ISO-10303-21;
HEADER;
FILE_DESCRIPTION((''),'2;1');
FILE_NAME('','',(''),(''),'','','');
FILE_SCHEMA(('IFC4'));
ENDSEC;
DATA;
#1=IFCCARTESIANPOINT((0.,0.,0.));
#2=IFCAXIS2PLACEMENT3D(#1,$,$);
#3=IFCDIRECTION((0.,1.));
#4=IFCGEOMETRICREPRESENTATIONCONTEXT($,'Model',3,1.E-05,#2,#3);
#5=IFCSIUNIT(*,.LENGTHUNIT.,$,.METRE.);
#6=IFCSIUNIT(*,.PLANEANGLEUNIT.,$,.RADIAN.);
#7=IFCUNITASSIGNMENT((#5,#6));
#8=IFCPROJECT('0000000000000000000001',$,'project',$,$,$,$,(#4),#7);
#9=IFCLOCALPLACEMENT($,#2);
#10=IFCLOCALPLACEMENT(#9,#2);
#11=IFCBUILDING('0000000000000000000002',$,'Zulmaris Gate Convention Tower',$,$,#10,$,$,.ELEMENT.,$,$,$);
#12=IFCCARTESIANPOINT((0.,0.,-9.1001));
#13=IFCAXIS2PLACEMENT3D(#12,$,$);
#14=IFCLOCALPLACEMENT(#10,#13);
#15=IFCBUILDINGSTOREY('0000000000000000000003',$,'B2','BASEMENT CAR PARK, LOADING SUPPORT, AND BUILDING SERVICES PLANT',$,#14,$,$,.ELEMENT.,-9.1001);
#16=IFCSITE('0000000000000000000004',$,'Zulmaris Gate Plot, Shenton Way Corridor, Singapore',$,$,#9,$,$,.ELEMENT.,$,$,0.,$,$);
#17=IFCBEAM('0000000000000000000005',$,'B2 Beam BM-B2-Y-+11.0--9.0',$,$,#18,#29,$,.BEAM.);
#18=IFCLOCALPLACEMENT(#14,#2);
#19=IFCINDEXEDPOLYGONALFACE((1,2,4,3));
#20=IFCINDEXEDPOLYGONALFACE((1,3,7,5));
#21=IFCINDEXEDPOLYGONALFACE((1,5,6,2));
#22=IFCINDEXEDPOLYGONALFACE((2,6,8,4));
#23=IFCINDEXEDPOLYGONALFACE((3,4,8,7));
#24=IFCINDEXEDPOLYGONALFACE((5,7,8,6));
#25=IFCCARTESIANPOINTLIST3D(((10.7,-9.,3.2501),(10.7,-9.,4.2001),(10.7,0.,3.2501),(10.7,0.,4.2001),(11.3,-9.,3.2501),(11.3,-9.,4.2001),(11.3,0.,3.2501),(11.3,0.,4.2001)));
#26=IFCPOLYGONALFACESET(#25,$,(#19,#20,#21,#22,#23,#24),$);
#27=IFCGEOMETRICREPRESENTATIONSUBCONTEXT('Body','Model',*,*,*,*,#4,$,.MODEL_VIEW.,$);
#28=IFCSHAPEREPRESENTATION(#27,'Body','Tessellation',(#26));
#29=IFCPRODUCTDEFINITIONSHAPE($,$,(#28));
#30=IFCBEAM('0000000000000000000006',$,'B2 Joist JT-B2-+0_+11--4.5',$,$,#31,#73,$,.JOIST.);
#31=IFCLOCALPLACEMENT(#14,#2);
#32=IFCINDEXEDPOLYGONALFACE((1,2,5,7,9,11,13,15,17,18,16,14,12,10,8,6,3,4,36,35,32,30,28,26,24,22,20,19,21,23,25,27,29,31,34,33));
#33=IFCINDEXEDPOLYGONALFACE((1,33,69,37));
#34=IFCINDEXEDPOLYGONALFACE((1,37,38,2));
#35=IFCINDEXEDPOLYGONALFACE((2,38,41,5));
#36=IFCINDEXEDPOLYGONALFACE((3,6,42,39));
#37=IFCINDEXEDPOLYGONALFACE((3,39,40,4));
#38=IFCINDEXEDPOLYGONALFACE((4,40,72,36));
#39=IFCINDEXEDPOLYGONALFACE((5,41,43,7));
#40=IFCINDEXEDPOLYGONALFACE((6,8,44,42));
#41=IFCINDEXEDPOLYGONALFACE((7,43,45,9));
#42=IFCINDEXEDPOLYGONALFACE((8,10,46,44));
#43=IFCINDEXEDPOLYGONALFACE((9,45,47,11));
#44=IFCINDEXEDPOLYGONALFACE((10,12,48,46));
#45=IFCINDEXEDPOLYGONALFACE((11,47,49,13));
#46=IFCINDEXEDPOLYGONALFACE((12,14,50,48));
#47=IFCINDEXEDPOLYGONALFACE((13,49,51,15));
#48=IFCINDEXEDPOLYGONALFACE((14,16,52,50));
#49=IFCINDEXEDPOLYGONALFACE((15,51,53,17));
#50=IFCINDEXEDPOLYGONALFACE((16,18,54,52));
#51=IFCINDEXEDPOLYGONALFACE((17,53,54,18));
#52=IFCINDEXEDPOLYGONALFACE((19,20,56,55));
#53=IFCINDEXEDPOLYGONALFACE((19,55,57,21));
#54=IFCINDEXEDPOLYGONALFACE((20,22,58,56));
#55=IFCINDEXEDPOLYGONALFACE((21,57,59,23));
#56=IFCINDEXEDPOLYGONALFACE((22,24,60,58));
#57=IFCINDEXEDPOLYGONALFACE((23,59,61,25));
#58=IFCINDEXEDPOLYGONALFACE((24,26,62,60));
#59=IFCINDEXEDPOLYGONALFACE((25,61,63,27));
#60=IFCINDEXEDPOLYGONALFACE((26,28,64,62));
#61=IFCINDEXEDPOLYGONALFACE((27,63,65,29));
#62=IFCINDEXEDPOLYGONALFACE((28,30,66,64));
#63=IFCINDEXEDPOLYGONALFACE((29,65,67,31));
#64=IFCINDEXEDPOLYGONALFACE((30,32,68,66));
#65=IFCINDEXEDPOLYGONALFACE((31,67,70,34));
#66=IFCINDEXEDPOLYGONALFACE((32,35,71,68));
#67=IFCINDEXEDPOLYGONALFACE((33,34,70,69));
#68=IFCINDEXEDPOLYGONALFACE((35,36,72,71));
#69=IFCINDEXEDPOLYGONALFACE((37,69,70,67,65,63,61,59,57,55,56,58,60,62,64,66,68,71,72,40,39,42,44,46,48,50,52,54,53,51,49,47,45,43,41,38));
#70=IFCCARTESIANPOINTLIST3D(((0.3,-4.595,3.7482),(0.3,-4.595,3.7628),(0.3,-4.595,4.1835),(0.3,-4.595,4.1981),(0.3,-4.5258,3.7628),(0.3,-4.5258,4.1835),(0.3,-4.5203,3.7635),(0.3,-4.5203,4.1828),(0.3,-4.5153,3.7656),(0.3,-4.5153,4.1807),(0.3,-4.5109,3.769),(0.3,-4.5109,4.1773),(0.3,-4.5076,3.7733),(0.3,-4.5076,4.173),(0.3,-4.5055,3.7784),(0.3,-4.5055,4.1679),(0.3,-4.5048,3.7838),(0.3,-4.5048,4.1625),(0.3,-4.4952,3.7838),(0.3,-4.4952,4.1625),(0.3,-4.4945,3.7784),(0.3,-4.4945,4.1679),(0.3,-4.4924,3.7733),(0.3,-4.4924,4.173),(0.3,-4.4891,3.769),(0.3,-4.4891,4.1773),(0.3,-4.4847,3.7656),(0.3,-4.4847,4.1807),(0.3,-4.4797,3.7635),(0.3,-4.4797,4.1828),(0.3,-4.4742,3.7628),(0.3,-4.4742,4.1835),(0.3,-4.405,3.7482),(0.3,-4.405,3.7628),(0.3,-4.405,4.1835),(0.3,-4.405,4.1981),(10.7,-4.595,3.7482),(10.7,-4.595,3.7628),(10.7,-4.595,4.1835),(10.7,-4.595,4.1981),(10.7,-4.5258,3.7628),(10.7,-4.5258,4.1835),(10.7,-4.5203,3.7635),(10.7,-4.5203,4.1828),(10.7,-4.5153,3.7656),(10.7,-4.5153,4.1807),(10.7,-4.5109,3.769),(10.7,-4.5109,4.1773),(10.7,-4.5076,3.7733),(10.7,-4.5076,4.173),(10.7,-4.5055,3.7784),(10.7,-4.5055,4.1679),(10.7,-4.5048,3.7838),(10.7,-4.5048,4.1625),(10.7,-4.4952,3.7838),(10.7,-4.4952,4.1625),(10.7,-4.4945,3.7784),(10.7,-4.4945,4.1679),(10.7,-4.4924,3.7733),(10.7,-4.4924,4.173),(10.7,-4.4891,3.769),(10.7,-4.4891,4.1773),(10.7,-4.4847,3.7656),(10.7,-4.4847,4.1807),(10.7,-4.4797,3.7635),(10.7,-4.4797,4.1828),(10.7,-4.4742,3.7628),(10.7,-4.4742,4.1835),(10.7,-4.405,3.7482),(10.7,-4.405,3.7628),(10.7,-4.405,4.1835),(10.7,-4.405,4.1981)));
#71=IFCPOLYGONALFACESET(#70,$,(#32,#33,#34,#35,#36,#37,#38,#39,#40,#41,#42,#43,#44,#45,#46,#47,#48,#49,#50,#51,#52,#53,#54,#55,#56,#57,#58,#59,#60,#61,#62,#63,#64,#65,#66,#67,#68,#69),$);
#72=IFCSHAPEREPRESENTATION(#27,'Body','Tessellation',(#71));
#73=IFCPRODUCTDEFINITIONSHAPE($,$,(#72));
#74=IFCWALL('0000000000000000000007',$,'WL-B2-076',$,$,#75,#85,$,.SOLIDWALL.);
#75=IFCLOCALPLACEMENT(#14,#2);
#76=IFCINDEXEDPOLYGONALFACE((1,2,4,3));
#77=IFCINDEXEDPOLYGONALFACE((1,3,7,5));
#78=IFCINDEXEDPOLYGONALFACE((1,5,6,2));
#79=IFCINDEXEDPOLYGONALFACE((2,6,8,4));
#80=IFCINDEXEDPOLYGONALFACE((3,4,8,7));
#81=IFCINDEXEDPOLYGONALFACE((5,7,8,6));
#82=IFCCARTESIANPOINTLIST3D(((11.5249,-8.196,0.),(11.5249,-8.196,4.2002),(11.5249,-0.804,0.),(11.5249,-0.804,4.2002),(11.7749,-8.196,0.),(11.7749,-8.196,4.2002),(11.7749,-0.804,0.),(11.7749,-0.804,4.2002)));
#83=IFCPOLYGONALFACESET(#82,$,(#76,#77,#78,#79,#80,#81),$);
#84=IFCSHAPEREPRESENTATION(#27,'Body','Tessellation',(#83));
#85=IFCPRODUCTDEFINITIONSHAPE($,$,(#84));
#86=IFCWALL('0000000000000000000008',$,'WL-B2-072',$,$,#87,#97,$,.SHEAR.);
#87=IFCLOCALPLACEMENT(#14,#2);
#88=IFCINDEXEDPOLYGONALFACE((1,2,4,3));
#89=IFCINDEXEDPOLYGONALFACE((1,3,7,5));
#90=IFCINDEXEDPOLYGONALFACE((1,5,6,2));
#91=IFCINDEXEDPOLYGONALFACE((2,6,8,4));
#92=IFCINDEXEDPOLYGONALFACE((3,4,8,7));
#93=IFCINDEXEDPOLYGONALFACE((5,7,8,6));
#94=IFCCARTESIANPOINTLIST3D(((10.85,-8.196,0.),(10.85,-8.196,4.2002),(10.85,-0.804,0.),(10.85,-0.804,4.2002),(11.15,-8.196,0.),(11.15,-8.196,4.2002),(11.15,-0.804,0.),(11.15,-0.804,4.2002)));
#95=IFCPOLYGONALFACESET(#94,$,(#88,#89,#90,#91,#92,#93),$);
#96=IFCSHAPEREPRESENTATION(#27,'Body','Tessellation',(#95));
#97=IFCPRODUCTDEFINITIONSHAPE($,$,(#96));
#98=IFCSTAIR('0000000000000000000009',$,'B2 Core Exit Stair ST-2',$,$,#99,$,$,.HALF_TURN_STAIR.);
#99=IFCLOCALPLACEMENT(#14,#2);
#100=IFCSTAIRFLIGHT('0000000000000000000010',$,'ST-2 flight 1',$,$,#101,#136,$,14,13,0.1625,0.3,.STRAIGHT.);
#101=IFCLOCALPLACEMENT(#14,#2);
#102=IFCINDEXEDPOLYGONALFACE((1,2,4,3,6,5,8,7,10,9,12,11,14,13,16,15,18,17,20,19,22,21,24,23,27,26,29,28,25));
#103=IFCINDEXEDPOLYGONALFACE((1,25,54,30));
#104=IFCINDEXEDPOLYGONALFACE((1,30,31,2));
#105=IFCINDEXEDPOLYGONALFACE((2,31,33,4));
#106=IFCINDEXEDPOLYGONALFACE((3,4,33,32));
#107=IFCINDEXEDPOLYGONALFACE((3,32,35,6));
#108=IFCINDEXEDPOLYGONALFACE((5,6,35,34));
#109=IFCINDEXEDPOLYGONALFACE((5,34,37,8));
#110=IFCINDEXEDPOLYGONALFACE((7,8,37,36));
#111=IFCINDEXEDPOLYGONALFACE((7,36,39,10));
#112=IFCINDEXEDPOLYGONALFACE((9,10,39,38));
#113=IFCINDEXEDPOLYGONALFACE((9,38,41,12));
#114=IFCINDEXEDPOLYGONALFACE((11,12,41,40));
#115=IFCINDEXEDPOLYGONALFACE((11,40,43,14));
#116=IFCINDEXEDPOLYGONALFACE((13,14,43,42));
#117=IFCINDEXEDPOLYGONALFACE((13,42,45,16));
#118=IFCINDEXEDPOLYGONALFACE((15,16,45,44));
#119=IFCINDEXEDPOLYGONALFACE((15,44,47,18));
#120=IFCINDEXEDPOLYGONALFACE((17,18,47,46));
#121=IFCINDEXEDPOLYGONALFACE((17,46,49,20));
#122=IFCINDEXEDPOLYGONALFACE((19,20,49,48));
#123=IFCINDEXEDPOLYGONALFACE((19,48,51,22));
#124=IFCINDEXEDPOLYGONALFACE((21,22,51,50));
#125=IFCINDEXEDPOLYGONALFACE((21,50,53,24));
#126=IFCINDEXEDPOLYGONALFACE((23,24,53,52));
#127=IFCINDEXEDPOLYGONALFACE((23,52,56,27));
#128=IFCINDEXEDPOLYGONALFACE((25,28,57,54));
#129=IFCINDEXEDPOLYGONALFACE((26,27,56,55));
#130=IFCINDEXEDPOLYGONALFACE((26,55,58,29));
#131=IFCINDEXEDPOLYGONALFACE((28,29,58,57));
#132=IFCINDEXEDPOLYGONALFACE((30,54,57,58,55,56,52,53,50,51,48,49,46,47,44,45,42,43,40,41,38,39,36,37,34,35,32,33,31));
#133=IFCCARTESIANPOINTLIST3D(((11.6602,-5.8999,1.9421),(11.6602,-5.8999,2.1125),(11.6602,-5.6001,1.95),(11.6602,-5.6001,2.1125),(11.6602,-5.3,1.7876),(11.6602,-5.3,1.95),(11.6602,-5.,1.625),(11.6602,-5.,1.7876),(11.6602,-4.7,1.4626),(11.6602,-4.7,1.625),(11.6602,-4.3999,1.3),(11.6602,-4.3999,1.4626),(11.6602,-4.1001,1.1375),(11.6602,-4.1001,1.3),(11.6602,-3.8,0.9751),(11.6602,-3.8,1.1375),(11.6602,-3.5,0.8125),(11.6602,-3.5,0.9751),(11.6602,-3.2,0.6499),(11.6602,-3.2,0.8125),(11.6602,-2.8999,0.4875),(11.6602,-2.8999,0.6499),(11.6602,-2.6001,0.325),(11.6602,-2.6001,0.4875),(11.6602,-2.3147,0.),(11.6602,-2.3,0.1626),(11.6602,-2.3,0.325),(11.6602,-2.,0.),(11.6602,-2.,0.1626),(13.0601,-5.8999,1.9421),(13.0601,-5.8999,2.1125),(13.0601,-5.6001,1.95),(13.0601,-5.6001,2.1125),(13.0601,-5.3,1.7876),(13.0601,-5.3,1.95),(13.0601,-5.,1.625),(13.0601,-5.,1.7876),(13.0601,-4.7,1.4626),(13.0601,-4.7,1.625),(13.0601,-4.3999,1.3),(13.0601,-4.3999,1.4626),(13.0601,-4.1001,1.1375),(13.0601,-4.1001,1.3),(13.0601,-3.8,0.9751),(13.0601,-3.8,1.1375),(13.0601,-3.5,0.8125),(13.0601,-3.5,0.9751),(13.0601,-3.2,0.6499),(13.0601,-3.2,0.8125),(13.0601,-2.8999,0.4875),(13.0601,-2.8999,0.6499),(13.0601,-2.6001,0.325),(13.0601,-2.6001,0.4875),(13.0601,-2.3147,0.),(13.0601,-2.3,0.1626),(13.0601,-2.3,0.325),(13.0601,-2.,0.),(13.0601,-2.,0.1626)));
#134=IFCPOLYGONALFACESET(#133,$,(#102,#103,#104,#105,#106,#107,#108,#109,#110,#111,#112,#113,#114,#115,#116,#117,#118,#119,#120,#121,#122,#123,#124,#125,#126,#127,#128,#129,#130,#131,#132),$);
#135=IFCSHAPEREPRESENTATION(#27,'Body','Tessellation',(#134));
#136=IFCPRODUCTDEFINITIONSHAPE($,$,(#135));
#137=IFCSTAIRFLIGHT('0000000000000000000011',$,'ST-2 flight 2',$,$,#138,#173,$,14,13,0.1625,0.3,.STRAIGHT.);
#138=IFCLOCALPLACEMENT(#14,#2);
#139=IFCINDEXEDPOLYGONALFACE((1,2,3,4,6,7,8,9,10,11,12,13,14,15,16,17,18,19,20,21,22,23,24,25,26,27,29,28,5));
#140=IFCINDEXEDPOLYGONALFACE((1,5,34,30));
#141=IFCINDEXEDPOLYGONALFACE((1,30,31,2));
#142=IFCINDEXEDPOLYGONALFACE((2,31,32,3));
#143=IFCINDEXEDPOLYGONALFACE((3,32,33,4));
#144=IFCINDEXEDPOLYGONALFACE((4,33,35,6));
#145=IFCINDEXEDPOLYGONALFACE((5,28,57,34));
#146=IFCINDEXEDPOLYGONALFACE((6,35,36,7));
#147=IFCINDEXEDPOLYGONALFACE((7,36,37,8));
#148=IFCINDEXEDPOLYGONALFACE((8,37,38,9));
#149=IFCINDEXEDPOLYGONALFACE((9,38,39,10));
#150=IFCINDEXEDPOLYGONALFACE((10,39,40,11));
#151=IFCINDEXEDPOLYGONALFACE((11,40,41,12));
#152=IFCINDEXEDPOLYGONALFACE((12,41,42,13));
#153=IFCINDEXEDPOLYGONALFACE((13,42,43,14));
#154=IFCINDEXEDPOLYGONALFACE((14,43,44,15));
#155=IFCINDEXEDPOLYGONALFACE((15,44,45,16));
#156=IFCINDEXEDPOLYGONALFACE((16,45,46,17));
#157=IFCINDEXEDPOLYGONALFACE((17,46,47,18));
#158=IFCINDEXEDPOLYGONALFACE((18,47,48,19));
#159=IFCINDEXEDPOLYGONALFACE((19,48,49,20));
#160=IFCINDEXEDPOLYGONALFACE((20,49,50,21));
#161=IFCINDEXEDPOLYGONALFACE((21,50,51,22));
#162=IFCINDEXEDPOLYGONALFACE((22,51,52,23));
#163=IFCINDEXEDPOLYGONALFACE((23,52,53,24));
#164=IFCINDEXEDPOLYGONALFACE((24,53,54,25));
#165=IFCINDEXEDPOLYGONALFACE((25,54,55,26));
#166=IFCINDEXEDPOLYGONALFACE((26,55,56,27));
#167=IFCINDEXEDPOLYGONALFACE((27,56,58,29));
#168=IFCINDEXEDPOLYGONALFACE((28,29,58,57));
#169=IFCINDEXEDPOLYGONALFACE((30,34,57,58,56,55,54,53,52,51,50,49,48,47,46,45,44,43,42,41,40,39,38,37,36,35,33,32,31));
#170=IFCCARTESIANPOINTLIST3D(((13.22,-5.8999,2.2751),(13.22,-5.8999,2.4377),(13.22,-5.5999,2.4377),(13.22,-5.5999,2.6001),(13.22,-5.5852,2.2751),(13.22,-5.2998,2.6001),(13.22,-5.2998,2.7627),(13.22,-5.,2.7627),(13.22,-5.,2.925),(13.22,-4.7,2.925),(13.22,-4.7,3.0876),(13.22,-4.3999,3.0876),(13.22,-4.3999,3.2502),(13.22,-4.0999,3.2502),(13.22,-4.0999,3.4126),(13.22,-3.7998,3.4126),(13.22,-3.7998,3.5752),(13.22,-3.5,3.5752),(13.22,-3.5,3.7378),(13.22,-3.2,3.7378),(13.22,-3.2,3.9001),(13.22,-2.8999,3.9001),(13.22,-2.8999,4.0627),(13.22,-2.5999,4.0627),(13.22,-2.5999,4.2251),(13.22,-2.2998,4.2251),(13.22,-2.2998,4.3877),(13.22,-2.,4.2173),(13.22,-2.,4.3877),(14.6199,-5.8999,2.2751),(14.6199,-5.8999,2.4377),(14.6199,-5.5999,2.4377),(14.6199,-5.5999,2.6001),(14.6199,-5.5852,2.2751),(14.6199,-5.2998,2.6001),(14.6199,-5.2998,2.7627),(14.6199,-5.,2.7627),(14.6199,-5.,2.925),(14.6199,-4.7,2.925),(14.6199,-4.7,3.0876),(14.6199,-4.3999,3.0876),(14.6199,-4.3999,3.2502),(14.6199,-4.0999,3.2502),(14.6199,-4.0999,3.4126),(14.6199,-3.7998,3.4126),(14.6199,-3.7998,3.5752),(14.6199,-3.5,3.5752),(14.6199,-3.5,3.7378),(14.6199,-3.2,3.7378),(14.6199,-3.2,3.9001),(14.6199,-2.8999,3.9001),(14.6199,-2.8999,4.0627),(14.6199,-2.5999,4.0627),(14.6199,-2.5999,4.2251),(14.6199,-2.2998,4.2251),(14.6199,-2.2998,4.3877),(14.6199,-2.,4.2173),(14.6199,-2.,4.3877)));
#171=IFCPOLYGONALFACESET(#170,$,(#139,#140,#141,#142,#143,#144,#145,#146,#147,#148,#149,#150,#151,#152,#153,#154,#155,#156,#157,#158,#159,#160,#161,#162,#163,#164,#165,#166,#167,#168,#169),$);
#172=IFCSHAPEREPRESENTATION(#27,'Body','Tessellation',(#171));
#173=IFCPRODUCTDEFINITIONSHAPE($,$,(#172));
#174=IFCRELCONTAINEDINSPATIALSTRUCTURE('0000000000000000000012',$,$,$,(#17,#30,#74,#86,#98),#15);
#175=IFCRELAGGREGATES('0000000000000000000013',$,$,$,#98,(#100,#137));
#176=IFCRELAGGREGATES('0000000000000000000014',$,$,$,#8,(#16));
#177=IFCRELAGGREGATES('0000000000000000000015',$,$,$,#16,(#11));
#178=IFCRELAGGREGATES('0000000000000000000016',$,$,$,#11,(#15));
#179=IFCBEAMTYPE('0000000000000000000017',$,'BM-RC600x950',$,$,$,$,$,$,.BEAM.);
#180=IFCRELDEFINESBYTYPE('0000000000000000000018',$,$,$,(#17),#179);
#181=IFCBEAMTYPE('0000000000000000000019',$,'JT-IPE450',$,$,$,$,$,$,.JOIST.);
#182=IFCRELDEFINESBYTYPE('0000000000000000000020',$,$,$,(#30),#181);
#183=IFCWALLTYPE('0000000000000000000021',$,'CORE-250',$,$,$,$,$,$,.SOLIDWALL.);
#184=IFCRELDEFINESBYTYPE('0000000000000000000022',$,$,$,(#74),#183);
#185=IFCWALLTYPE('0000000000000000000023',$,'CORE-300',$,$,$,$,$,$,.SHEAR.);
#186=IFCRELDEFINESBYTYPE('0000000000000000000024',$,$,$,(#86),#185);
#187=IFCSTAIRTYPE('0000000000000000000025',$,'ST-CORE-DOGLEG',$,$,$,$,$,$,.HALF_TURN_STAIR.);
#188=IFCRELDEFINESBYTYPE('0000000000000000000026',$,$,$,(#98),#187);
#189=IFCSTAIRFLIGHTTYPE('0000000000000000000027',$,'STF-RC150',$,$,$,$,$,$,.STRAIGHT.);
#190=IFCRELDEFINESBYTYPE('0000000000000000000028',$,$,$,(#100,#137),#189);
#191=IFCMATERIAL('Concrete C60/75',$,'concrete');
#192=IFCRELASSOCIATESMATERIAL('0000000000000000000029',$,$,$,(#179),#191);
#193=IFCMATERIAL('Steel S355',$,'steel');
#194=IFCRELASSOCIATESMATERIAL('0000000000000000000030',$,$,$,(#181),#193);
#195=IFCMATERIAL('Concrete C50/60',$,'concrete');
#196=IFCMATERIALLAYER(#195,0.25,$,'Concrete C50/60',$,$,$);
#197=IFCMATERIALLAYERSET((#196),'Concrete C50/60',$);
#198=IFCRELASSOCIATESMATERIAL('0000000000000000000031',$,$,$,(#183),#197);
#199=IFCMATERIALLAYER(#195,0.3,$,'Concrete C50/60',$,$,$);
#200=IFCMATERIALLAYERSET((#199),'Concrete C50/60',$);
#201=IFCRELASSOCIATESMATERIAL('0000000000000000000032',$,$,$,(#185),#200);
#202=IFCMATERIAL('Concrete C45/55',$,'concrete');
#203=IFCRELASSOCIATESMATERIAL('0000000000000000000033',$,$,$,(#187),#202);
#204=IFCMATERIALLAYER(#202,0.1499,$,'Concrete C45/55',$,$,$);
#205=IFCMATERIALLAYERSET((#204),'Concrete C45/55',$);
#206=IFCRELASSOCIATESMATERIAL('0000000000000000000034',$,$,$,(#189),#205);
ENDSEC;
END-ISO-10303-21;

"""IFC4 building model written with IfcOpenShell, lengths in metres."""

from ifc_helpers import new_model, si_unit, direction, frame, frame_2d, origin, origin_2d, place, context, subcontext, project, spatial, polyline, rectangle, i_section, outline, extrude, material, layer, layer_set, material_profile, profile_set, type_object, element, aggregate, save


model = new_model("IFC4")

# Units and contexts
model_context = context("Model", 3, precision=1e-05, world=origin(), true_north=direction((0.0, 1.0)))
body_context = subcontext(model_context, "Body", "Model", "MODEL_VIEW")
ifc_project = project(units=[si_unit("LENGTHUNIT", "METRE"), si_unit("PLANEANGLEUNIT", "RADIAN")], contexts=[model_context])

# Site, building, storey
site_placement = place(None, origin())
site = spatial("IfcSite", under=ifc_project, at=site_placement, Name="Zulmaris Gate Plot, Shenton Way Corridor, Singapore", CompositionType="ELEMENT", RefElevation=0.0)
building_placement = place(site_placement, origin())
building = spatial("IfcBuilding", under=site, at=building_placement, Name="Zulmaris Gate Convention Tower", CompositionType="ELEMENT")
storey_placement = place(building_placement, frame((0.0, 0.0, -9.1001)))
storey = spatial("IfcBuildingStorey", under=building, at=storey_placement, Name="B2", Description="BASEMENT CAR PARK, LOADING SUPPORT, AND BUILDING SERVICES PLANT", CompositionType="ELEMENT", Elevation=-9.1001)

# Shared definitions
ifc_material_1 = material(Name="Concrete C50/60", Category="concrete")

# Beams
ifc_material_2 = material(Name="Concrete C60/75", Category="concrete")
ifc_material_profile_1 = material_profile(ifc_material_2, rectangle(XDim=0.6001, YDim=0.95, at=origin_2d()), Name="RC BEAM 600x950")
ifc_profile_set_1 = profile_set([ifc_material_profile_1], Name="Concrete C60/75")
beam_type_1 = type_object("IfcBeamType", Name="BM-RC600x950", PredefinedType="BEAM", material=ifc_profile_set_1)
beam_1_placement = place(storey_placement, frame((11.0, -9.0, 3.7251), z_axis=(0.0, 1.0, 0.0), x_axis=(-1.0, 0.0, 0.0)))
element("IfcBeam", 1, at=beam_1_placement, inside=storey, type_object=beam_type_1, Name="B2 Beam BM-B2-Y-+11.0--9.0", PredefinedType="BEAM", context=body_context, shape_type="SweptSolid", body=[
    extrude(rectangle(XDim=0.6001, YDim=0.95, at=origin_2d()), origin(), (0.0, 0.0, 1.0), 9.0),
])
ifc_material_3 = material(Name="Steel S355", Category="steel")
ifc_material_profile_2 = material_profile(ifc_material_3, i_section(OverallWidth=0.1899, OverallDepth=0.45, WebThickness=0.0095, FlangeThickness=0.0146, FilletRadius=0.021, at=origin_2d()), Name="IPE 450")
ifc_profile_set_2 = profile_set([ifc_material_profile_2], Name="Steel S355")
beam_type_2 = type_object("IfcBeamType", Name="JT-IPE450", PredefinedType="JOIST", material=ifc_profile_set_2)
beam_2_placement = place(storey_placement, frame((0.3, -4.5, 3.9731), z_axis=(1.0, 0.0, 0.0), x_axis=(0.0, 1.0, 0.0)))
element("IfcBeam", 2, at=beam_2_placement, inside=storey, type_object=beam_type_2, Name="B2 Joist JT-B2-+0_+11--4.5", PredefinedType="JOIST", context=body_context, shape_type="SweptSolid", body=[
    extrude(i_section(OverallWidth=0.1899, OverallDepth=0.45, WebThickness=0.0095, FlangeThickness=0.0146, FilletRadius=0.021, at=origin_2d()), origin(), (0.0, 0.0, 1.0), 10.3999),
])

# Wall
ifc_layer_1 = layer(ifc_material_1, 0.25, Name="Concrete C50/60")
ifc_layer_set_1 = layer_set([ifc_layer_1], Name="Concrete C50/60")
wall_type_1 = type_object("IfcWallType", Name="CORE-250", PredefinedType="SOLIDWALL", material=ifc_layer_set_1)
wall_1_placement = place(storey_placement, frame((11.6499, -8.196, 0.0), z_axis=(0.0, 0.0, 1.0), x_axis=(0.0, 1.0, 0.0)))
element("IfcWall", 3, at=wall_1_placement, inside=storey, type_object=wall_type_1, Name="WL-B2-076", PredefinedType="SOLIDWALL", context=body_context, shape_type="SweptSolid", body=[
    extrude(rectangle(XDim=7.3921, YDim=0.25, at=frame_2d((3.696, 0.0))), origin(), (0.0, 0.0, 1.0), 4.2002),
])

# Shared definitions
ifc_layer_2 = layer(ifc_material_1, 0.3, Name="Concrete C50/60")
ifc_layer_set_2 = layer_set([ifc_layer_2], Name="Concrete C50/60")
wall_type_2 = type_object("IfcWallType", Name="CORE-300", PredefinedType="SHEAR", material=ifc_layer_set_2)

# Wall
wall_2_placement = place(storey_placement, frame((11.0, -8.196, 0.0), z_axis=(0.0, 0.0, 1.0), x_axis=(0.0, 1.0, 0.0)))
element("IfcWall", 4, at=wall_2_placement, inside=storey, type_object=wall_type_2, Name="WL-B2-072", PredefinedType="SHEAR", context=body_context, shape_type="SweptSolid", body=[
    extrude(rectangle(XDim=7.3921, YDim=0.3, at=frame_2d((3.696, 0.0))), origin(), (0.0, 0.0, 1.0), 4.2002),
])

# Stair, stair flights
ifc_material_4 = material(Name="Concrete C45/55", Category="concrete")
stair_type = type_object("IfcStairType", Name="ST-CORE-DOGLEG", PredefinedType="HALF_TURN_STAIR", material=ifc_material_4)
stair_placement = place(storey_placement, origin())
stair = element("IfcStair", 5, at=stair_placement, inside=storey, type_object=stair_type, Name="B2 Core Exit Stair ST-2", PredefinedType="HALF_TURN_STAIR")
ifc_layer_3 = layer(ifc_material_4, 0.1499, Name="Concrete C45/55")
ifc_layer_set_3 = layer_set([ifc_layer_3], Name="Concrete C45/55")
stair_flight_type = type_object("IfcStairFlightType", Name="STF-RC150", PredefinedType="STRAIGHT", material=ifc_layer_set_3)
stair_flight_1_placement = place(storey_placement, frame((12.3601, -2.0, 0.0), z_axis=(0.0, 0.0, 1.0), x_axis=(0.0, -1.0, 0.0)))
stair_flight_1 = element("IfcStairFlight", 6, at=stair_flight_1_placement, type_object=stair_flight_type, Name="ST-2 flight 1", NumberOfRisers=14, NumberOfTreads=13, PredefinedType="STRAIGHT", RiserHeight=0.1625, TreadLength=0.3, context=body_context, shape_type="SweptSolid", body=[
    extrude(outline(polyline([(0.0, 0.0), (0.0, 0.1626), (0.3, 0.1626), (0.3, 0.325), (0.6001, 0.325), (0.6001, 0.4875), (0.8999, 0.4875), (0.8999, 0.6499), (1.2, 0.6499), (1.2, 0.8125), (1.5, 0.8125), (1.5, 0.9751), (1.8, 0.9751), (1.8, 1.1375), (2.1001, 1.1375), (2.1001, 1.3), (2.3999, 1.3), (2.3999, 1.4626), (2.7, 1.4626), (2.7, 1.625), (3.0, 1.625), (3.0, 1.7876), (3.3, 1.7876), (3.3, 1.95), (3.6001, 1.95), (3.6001, 2.1125), (3.8999, 2.1125), (3.8999, 2.2751), (3.8999, 1.9421), (0.3147, 0.0), (0.0, 0.0)])), frame((0.0, 0.7, 0.0), z_axis=(0.0, -1.0, 0.0), x_axis=(1.0, 0.0, 0.0)), (0.0, 0.0, 1.0), 1.3999),
])
stair_flight_2_placement = place(storey_placement, frame((13.9199, -5.8999, 2.2751), z_axis=(0.0, 0.0, 1.0), x_axis=(0.0, 1.0, 0.0)))
stair_flight_2 = element("IfcStairFlight", 7, at=stair_flight_2_placement, type_object=stair_flight_type, Name="ST-2 flight 2", NumberOfRisers=14, NumberOfTreads=13, PredefinedType="STRAIGHT", RiserHeight=0.1625, TreadLength=0.3, context=body_context, shape_type="SweptSolid", body=[
    extrude(outline(polyline([(0.0, 0.0), (0.0, 0.1626), (0.3, 0.1626), (0.3, 0.325), (0.6001, 0.325), (0.6001, 0.4875), (0.8999, 0.4875), (0.8999, 0.6499), (1.2, 0.6499), (1.2, 0.8125), (1.5, 0.8125), (1.5, 0.9751), (1.8, 0.9751), (1.8, 1.1375), (2.1001, 1.1375), (2.1001, 1.3), (2.3999, 1.3), (2.3999, 1.4626), (2.7, 1.4626), (2.7, 1.625), (3.0, 1.625), (3.0, 1.7876), (3.3, 1.7876), (3.3, 1.95), (3.6001, 1.95), (3.6001, 2.1125), (3.8999, 2.1125), (3.8999, 2.2751), (3.8999, 1.9421), (0.3147, 0.0), (0.0, 0.0)])), frame((0.0, 0.7, 0.0), z_axis=(0.0, -1.0, 0.0), x_axis=(1.0, 0.0, 0.0)), (0.0, 0.0, 1.0), 1.3999),
])
aggregate(stair, [stair_flight_1, stair_flight_2])

save(model, "model.ifc")
